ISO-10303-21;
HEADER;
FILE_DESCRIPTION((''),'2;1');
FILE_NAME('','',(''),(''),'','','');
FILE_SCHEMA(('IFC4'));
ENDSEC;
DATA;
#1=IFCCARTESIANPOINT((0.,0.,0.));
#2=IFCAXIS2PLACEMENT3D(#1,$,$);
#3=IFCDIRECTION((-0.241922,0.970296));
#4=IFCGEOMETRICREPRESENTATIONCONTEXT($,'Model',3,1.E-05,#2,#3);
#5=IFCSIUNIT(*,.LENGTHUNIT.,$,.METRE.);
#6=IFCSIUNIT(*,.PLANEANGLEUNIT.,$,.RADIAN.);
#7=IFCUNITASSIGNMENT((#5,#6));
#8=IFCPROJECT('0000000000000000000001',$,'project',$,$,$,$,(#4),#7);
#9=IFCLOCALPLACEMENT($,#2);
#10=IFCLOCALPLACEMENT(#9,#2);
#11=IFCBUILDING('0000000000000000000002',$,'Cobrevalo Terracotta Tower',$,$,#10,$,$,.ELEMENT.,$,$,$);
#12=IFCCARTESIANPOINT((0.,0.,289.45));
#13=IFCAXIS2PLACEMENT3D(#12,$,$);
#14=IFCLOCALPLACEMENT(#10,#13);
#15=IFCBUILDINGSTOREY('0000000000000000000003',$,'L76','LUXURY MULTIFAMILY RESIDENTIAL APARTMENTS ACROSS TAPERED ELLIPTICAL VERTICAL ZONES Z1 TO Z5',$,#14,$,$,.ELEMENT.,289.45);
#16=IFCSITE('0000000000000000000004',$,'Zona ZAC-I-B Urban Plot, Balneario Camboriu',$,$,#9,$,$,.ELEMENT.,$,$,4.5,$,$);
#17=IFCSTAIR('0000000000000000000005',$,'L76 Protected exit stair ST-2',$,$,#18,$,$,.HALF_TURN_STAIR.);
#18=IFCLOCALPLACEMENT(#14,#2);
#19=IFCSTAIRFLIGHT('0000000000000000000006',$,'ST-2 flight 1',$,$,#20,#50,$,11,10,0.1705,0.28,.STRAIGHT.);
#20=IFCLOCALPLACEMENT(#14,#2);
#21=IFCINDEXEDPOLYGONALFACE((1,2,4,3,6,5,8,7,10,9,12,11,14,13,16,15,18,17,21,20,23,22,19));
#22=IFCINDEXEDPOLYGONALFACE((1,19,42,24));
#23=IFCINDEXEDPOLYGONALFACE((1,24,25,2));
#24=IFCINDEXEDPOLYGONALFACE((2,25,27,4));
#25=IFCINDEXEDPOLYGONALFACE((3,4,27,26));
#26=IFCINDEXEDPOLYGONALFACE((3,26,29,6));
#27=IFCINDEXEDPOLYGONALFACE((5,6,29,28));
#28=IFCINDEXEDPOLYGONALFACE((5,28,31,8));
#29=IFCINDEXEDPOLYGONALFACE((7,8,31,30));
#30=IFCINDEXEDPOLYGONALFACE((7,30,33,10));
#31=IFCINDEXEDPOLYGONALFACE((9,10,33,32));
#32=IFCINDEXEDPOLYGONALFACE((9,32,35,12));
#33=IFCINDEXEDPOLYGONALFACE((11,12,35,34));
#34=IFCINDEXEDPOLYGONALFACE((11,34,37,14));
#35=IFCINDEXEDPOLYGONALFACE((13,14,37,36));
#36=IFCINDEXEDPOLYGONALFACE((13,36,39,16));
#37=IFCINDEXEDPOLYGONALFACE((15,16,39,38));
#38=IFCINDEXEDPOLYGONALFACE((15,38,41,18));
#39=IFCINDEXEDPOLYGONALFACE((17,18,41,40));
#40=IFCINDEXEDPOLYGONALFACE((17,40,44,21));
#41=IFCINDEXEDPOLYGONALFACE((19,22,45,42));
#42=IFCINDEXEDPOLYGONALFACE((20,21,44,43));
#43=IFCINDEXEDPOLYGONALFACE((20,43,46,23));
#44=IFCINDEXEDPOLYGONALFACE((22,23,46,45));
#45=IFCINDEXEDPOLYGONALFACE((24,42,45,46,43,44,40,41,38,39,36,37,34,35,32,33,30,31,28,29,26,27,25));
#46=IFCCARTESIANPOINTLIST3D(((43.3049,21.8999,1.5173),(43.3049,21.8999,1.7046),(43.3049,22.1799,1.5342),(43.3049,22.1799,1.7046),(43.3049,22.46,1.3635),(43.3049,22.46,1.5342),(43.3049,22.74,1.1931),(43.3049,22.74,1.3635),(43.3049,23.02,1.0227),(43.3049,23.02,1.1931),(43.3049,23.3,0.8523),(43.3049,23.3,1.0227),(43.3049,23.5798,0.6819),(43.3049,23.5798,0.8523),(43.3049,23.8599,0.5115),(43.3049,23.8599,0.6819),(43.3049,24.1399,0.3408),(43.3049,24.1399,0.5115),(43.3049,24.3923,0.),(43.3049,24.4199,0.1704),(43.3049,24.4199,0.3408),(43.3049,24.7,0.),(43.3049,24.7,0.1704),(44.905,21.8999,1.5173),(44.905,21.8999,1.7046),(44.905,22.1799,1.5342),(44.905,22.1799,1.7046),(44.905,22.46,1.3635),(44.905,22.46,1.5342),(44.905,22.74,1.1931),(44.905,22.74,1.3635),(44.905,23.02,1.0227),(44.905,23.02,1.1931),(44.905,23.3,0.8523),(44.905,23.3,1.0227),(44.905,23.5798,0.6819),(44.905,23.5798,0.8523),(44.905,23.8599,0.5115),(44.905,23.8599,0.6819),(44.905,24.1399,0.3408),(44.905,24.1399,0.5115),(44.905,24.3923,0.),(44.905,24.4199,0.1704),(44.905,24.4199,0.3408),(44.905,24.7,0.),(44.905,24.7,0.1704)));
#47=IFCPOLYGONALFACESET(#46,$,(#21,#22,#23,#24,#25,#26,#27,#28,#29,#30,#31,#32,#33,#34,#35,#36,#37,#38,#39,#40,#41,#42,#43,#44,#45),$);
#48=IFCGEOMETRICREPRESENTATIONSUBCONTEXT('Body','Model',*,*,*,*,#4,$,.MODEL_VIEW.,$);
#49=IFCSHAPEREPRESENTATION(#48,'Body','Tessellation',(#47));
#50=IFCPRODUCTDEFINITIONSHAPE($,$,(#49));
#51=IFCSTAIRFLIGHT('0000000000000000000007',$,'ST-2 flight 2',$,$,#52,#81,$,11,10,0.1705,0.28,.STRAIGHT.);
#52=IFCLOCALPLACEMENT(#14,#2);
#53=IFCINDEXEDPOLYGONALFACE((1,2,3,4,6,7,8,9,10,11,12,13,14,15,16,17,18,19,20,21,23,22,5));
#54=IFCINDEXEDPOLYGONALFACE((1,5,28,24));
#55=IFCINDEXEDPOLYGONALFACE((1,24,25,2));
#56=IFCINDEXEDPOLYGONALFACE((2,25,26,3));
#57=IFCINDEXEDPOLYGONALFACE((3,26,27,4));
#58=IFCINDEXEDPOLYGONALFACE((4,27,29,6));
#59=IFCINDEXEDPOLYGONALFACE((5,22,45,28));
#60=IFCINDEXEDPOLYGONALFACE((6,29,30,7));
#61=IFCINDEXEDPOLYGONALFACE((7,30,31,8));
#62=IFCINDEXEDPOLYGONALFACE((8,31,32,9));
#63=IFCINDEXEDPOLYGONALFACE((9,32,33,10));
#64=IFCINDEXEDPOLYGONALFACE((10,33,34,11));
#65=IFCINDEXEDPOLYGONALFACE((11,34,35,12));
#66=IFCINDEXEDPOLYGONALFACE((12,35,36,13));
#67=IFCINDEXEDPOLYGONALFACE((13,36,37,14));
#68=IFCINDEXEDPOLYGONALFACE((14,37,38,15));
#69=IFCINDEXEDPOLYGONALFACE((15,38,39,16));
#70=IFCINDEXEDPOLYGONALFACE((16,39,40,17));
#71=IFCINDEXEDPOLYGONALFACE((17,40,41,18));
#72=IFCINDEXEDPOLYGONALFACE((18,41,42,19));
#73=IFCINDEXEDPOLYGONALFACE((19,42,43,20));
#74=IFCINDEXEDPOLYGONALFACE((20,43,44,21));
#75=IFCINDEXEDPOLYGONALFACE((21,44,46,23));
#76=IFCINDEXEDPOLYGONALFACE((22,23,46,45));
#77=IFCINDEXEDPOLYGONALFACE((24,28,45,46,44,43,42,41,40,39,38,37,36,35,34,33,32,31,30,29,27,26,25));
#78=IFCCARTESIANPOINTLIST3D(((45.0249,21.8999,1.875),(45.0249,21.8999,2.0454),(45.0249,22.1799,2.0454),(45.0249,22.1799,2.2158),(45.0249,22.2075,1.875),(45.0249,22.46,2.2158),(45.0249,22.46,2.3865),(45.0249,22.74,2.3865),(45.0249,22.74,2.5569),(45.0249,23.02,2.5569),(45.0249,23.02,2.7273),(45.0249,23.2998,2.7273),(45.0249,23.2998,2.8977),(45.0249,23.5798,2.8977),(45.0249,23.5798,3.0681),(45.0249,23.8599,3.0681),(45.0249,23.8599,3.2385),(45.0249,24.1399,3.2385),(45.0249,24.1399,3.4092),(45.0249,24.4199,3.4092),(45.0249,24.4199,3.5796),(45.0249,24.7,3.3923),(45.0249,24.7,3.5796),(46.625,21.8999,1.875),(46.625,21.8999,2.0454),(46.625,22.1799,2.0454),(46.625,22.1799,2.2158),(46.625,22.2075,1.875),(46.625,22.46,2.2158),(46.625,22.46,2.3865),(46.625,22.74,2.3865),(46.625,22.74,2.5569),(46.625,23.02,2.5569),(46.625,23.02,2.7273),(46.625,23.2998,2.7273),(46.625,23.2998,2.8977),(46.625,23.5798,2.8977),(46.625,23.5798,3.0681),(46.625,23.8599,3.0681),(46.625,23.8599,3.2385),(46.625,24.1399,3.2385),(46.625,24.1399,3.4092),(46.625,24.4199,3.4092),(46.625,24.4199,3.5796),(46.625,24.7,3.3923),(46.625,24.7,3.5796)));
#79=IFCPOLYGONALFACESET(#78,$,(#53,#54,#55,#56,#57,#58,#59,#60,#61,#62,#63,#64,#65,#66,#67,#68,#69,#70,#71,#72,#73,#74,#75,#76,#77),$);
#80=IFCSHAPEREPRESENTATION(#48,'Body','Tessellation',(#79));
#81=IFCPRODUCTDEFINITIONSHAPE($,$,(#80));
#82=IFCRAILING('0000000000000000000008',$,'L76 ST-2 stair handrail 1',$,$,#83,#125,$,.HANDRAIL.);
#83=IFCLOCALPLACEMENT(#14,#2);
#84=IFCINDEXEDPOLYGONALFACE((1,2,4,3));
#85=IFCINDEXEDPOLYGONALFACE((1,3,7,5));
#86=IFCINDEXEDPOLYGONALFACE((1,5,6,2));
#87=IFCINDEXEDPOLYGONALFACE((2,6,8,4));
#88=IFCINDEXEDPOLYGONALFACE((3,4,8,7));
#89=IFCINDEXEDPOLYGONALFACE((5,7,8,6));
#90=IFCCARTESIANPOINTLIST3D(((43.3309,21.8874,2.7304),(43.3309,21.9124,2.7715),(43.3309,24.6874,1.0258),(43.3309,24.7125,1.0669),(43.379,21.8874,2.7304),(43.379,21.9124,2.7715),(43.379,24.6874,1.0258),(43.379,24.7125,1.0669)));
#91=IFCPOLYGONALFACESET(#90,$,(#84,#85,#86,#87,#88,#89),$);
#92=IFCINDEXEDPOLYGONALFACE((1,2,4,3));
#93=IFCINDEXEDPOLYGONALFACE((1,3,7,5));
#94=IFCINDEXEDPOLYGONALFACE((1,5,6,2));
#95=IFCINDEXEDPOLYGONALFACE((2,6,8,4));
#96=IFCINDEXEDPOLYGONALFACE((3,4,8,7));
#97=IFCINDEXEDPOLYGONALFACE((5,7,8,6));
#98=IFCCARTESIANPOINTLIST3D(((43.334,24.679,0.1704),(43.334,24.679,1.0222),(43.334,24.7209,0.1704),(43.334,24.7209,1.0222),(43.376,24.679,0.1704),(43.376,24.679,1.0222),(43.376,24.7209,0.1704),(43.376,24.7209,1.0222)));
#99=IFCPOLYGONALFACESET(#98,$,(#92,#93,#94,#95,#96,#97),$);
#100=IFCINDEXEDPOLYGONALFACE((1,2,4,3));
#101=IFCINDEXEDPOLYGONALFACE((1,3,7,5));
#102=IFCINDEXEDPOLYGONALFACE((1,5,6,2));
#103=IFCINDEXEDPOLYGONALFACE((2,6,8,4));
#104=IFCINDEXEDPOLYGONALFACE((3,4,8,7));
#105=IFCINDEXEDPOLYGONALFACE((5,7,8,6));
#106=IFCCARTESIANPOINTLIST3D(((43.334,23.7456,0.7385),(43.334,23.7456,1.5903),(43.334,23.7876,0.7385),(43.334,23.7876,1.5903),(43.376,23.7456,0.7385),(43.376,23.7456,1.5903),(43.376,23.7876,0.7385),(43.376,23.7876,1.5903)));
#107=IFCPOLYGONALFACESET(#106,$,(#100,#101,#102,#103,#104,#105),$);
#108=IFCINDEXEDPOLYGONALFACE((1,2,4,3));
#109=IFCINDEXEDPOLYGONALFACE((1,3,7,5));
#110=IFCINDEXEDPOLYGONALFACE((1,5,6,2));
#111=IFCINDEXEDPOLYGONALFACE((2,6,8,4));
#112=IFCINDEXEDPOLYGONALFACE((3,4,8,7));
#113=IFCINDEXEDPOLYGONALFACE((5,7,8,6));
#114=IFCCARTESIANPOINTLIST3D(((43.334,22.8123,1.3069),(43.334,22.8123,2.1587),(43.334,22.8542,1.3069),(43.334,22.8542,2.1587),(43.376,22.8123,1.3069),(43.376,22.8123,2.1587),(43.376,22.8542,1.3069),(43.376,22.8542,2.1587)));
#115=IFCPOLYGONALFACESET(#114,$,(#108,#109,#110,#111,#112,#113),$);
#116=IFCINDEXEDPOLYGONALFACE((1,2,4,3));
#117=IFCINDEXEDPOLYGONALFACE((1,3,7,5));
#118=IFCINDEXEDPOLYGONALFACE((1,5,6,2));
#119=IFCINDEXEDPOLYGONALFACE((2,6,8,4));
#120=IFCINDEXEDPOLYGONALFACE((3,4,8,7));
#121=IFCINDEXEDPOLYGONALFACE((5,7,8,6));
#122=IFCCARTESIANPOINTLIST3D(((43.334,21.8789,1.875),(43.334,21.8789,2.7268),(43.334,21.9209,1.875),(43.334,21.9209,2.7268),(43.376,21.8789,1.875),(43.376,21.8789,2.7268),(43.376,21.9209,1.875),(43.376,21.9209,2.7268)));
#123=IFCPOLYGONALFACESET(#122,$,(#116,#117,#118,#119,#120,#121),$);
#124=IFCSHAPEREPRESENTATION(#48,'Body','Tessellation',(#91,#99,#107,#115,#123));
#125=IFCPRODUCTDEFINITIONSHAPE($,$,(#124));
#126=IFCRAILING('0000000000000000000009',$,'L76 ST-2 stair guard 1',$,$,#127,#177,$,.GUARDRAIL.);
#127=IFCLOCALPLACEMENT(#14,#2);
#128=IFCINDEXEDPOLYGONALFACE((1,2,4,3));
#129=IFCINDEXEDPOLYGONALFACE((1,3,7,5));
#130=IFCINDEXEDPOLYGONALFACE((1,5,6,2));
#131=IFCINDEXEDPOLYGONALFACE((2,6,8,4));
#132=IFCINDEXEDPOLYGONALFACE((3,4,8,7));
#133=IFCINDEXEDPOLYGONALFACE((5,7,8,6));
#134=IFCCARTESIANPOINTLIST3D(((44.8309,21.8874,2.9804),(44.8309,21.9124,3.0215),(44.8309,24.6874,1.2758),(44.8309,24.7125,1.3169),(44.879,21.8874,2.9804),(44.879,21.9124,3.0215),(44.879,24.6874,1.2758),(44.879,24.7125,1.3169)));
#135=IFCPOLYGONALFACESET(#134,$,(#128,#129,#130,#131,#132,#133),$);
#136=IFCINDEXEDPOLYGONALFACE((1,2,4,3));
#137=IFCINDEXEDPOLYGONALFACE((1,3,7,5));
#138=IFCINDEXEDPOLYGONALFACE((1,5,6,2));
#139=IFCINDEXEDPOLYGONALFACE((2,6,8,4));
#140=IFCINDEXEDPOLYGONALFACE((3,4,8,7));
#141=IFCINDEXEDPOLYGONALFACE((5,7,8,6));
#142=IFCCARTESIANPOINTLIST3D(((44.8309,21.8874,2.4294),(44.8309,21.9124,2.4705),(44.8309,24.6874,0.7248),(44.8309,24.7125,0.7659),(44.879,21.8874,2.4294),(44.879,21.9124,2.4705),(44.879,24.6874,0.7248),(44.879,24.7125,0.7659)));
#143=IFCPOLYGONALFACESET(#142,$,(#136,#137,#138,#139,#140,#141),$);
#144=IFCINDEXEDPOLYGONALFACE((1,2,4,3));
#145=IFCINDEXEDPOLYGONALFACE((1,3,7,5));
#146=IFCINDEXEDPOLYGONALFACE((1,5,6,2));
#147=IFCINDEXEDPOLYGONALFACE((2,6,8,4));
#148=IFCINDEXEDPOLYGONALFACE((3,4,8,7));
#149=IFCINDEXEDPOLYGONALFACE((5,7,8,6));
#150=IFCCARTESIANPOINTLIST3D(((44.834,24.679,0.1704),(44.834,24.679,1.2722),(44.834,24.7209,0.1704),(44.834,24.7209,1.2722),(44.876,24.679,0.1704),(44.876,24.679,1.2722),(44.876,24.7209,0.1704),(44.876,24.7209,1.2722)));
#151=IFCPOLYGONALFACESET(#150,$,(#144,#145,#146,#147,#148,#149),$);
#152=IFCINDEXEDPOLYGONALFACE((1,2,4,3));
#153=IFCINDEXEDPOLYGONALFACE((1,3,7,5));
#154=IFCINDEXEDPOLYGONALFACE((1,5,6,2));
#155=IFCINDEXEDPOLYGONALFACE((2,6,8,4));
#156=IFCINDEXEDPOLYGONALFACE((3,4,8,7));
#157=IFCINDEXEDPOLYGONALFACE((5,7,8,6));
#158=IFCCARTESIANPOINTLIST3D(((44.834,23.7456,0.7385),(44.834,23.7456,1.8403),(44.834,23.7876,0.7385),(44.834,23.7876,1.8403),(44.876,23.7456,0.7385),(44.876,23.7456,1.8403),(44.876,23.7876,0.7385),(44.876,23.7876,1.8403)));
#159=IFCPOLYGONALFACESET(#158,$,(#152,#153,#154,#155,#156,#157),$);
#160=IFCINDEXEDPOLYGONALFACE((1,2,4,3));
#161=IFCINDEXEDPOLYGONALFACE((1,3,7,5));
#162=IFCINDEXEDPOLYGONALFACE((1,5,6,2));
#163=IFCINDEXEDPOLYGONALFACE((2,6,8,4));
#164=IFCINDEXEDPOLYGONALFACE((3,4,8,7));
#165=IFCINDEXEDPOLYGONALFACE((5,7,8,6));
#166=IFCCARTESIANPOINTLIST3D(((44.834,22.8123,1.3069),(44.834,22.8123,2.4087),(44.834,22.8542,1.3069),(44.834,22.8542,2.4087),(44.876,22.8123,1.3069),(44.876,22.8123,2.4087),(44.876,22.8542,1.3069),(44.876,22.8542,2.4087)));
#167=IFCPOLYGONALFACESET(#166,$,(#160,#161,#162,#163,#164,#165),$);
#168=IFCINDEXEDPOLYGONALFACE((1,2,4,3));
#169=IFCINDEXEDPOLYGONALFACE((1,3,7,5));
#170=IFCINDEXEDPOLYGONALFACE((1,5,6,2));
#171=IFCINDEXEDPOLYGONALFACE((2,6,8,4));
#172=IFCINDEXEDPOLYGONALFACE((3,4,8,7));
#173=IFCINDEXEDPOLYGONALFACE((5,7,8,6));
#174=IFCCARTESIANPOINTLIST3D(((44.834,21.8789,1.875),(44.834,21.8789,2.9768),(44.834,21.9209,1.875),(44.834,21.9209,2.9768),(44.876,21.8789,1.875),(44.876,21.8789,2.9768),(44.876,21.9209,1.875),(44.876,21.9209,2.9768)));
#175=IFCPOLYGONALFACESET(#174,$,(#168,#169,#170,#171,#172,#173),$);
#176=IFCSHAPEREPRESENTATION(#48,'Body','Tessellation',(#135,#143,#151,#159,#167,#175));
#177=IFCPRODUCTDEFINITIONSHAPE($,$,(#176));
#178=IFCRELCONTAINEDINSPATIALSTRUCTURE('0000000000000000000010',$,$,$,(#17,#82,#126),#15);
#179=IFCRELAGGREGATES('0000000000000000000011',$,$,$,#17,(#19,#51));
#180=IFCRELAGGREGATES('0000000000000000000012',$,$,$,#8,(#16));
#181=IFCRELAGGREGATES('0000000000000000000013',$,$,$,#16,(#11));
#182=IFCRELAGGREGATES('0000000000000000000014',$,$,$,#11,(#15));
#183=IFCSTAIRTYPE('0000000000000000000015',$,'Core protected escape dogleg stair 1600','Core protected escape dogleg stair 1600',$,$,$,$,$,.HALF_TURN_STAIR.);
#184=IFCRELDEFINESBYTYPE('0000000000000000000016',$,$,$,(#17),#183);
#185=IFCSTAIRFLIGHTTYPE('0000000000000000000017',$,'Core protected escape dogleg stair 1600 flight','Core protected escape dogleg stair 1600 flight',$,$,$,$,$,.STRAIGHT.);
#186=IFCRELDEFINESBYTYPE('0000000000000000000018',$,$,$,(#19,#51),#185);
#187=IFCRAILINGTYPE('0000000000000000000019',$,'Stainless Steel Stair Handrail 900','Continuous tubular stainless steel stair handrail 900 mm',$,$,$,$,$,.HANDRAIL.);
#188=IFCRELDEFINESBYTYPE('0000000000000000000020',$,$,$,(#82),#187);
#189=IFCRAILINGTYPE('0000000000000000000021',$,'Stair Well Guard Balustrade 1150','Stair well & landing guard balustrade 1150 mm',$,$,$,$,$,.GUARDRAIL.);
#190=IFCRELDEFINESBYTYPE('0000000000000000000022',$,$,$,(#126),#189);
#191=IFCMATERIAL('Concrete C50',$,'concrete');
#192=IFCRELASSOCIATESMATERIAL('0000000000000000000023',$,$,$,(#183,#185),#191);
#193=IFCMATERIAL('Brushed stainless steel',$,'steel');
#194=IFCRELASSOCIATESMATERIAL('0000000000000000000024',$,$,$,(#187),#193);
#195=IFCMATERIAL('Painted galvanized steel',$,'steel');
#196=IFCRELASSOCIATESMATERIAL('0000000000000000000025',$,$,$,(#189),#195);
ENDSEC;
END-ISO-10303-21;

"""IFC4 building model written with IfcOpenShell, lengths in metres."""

from ifc_helpers import new_model, si_unit, direction, frame, origin, origin_2d, place, context, subcontext, project, spatial, polyline, rectangle, outline, extrude, material, type_object, element, aggregate, save


model = new_model("IFC4")

# Units and contexts
model_context = context("Model", 3, precision=1e-05, world=origin(), true_north=direction((-0.241922, 0.970296)))
body_context = subcontext(model_context, "Body", "Model", "MODEL_VIEW")
ifc_project = project(units=[si_unit("LENGTHUNIT", "METRE"), si_unit("PLANEANGLEUNIT", "RADIAN")], contexts=[model_context])

# Site, building, storey
site_placement = place(None, origin())
site = spatial("IfcSite", under=ifc_project, at=site_placement, Name="Zona ZAC-I-B Urban Plot, Balneario Camboriu", CompositionType="ELEMENT", RefElevation=4.5)
building_placement = place(site_placement, origin())
building = spatial("IfcBuilding", under=site, at=building_placement, Name="Cobrevalo Terracotta Tower", CompositionType="ELEMENT")
storey_placement = place(building_placement, frame((0.0, 0.0, 289.45)))
storey = spatial("IfcBuildingStorey", under=building, at=storey_placement, Name="L76", Description="LUXURY MULTIFAMILY RESIDENTIAL APARTMENTS ACROSS TAPERED ELLIPTICAL VERTICAL ZONES Z1 TO Z5", CompositionType="ELEMENT", Elevation=289.45)

# Shared definitions
ifc_material_1 = material(Name="Concrete C50", Category="concrete")

# Stair, stair flights
stair_type = type_object("IfcStairType", Name="Core protected escape dogleg stair 1600", Description="Core protected escape dogleg stair 1600", PredefinedType="HALF_TURN_STAIR", material=ifc_material_1)
stair_placement = place(storey_placement, origin())
stair = element("IfcStair", 1, at=stair_placement, inside=storey, type_object=stair_type, Name="L76 Protected exit stair ST-2", PredefinedType="HALF_TURN_STAIR")
stair_flight_type = type_object("IfcStairFlightType", Name="Core protected escape dogleg stair 1600 flight", Description="Core protected escape dogleg stair 1600 flight", PredefinedType="STRAIGHT", material=ifc_material_1)
stair_flight_1_placement = place(storey_placement, frame((44.105, 24.7, 0.0), z_axis=(0.0, 0.0, 1.0), x_axis=(0.0, -1.0, 0.0)))
stair_flight_1 = element("IfcStairFlight", 2, at=stair_flight_1_placement, type_object=stair_flight_type, Name="ST-2 flight 1", NumberOfRisers=11, NumberOfTreads=10, PredefinedType="STRAIGHT", RiserHeight=0.1705, TreadLength=0.28, context=body_context, shape_type="SweptSolid", body=[
    extrude(outline(polyline([(0.0, 0.0), (0.0, 0.1704), (0.28, 0.1704), (0.28, 0.3408), (0.5601, 0.3408), (0.5601, 0.5115), (0.8401, 0.5115), (0.8401, 0.6819), (1.1201, 0.6819), (1.1201, 0.8523), (1.3999, 0.8523), (1.3999, 1.0227), (1.6799, 1.0227), (1.6799, 1.1931), (1.96, 1.1931), (1.96, 1.3635), (2.24, 1.3635), (2.24, 1.5342), (2.52, 1.5342), (2.52, 1.7046), (2.8, 1.7046), (2.8, 1.875), (2.8, 1.5173), (0.3076, 0.0), (0.0, 0.0)])), frame((0.0, 0.8, 0.0), z_axis=(0.0, -1.0, 0.0), x_axis=(1.0, 0.0, 0.0)), (0.0, 0.0, 1.0), 1.6001),
])
stair_flight_2_placement = place(storey_placement, frame((45.825, 21.8999, 1.875), z_axis=(0.0, 0.0, 1.0), x_axis=(0.0, 1.0, 0.0)))
stair_flight_2 = element("IfcStairFlight", 3, at=stair_flight_2_placement, type_object=stair_flight_type, Name="ST-2 flight 2", NumberOfRisers=11, NumberOfTreads=10, PredefinedType="STRAIGHT", RiserHeight=0.1705, TreadLength=0.28, context=body_context, shape_type="SweptSolid", body=[
    extrude(outline(polyline([(0.0, 0.0), (0.0, 0.1704), (0.28, 0.1704), (0.28, 0.3408), (0.5601, 0.3408), (0.5601, 0.5115), (0.8401, 0.5115), (0.8401, 0.6819), (1.1201, 0.6819), (1.1201, 0.8523), (1.3999, 0.8523), (1.3999, 1.0227), (1.6799, 1.0227), (1.6799, 1.1931), (1.96, 1.1931), (1.96, 1.3635), (2.24, 1.3635), (2.24, 1.5342), (2.52, 1.5342), (2.52, 1.7046), (2.8, 1.7046), (2.8, 1.875), (2.8, 1.5173), (0.3076, 0.0), (0.0, 0.0)])), frame((0.0, 0.8, 0.0), z_axis=(0.0, -1.0, 0.0), x_axis=(1.0, 0.0, 0.0)), (0.0, 0.0, 1.0), 1.6001),
])
aggregate(stair, [stair_flight_1, stair_flight_2])

# Railings
ifc_material_2 = material(Name="Brushed stainless steel", Category="steel")
railing_type_1 = type_object("IfcRailingType", Name="Stainless Steel Stair Handrail 900", Description="Continuous tubular stainless steel stair handrail 900 mm", PredefinedType="HANDRAIL", material=ifc_material_2)
railing_1_placement = place(storey_placement, frame((43.355, 24.7, 0.1704)))
element("IfcRailing", 4, at=railing_1_placement, inside=storey, type_object=railing_type_1, Name="L76 ST-2 stair handrail 1", PredefinedType="HANDRAIL", context=body_context, shape_type="SweptSolid", body=[
    extrude(rectangle(XDim=0.0481, YDim=0.0481, at=origin_2d()), frame((0.0, 0.0, 0.876), z_axis=(0.0, -0.85417, 0.519994), x_axis=(1.0, 0.0, 0.0)), (0.0, 0.0, 1.0), 3.2781),
    extrude(rectangle(XDim=0.042, YDim=0.042, at=origin_2d()), origin(), (0.0, 0.0, 1.0), 0.8518),
    extrude(rectangle(XDim=0.042, YDim=0.042, at=origin_2d()), frame((0.0, -0.9333, 0.5681)), (0.0, 0.0, 1.0), 0.8518),
    extrude(rectangle(XDim=0.042, YDim=0.042, at=origin_2d()), frame((0.0, -1.8667, 1.1365)), (0.0, 0.0, 1.0), 0.8518),
    extrude(rectangle(XDim=0.042, YDim=0.042, at=origin_2d()), frame((0.0, -2.8, 1.7046)), (0.0, 0.0, 1.0), 0.8518),
])
ifc_material_3 = material(Name="Painted galvanized steel", Category="steel")
railing_type_2 = type_object("IfcRailingType", Name="Stair Well Guard Balustrade 1150", Description="Stair well & landing guard balustrade 1150 mm", PredefinedType="GUARDRAIL", material=ifc_material_3)
railing_2_placement = place(storey_placement, frame((44.855, 24.7, 0.1704)))
element("IfcRailing", 5, at=railing_2_placement, inside=storey, type_object=railing_type_2, Name="L76 ST-2 stair guard 1", PredefinedType="GUARDRAIL", context=body_context, shape_type="SweptSolid", body=[
    extrude(rectangle(XDim=0.0481, YDim=0.0481, at=origin_2d()), frame((0.0, 0.0, 1.126), z_axis=(0.0, -0.85417, 0.519994), x_axis=(1.0, 0.0, 0.0)), (0.0, 0.0, 1.0), 3.2781),
    extrude(rectangle(XDim=0.0481, YDim=0.0481, at=origin_2d()), frame((0.0, 0.0, 0.575), z_axis=(0.0, -0.85417, 0.519994), x_axis=(1.0, 0.0, 0.0)), (0.0, 0.0, 1.0), 3.2781),
    extrude(rectangle(XDim=0.042, YDim=0.042, at=origin_2d()), origin(), (0.0, 0.0, 1.0), 1.1018),
    extrude(rectangle(XDim=0.042, YDim=0.042, at=origin_2d()), frame((0.0, -0.9333, 0.5681)), (0.0, 0.0, 1.0), 1.1018),
    extrude(rectangle(XDim=0.042, YDim=0.042, at=origin_2d()), frame((0.0, -1.8667, 1.1365)), (0.0, 0.0, 1.0), 1.1018),
    extrude(rectangle(XDim=0.042, YDim=0.042, at=origin_2d()), frame((0.0, -2.8, 1.7046)), (0.0, 0.0, 1.0), 1.1018),
])

save(model, "model.ifc")
